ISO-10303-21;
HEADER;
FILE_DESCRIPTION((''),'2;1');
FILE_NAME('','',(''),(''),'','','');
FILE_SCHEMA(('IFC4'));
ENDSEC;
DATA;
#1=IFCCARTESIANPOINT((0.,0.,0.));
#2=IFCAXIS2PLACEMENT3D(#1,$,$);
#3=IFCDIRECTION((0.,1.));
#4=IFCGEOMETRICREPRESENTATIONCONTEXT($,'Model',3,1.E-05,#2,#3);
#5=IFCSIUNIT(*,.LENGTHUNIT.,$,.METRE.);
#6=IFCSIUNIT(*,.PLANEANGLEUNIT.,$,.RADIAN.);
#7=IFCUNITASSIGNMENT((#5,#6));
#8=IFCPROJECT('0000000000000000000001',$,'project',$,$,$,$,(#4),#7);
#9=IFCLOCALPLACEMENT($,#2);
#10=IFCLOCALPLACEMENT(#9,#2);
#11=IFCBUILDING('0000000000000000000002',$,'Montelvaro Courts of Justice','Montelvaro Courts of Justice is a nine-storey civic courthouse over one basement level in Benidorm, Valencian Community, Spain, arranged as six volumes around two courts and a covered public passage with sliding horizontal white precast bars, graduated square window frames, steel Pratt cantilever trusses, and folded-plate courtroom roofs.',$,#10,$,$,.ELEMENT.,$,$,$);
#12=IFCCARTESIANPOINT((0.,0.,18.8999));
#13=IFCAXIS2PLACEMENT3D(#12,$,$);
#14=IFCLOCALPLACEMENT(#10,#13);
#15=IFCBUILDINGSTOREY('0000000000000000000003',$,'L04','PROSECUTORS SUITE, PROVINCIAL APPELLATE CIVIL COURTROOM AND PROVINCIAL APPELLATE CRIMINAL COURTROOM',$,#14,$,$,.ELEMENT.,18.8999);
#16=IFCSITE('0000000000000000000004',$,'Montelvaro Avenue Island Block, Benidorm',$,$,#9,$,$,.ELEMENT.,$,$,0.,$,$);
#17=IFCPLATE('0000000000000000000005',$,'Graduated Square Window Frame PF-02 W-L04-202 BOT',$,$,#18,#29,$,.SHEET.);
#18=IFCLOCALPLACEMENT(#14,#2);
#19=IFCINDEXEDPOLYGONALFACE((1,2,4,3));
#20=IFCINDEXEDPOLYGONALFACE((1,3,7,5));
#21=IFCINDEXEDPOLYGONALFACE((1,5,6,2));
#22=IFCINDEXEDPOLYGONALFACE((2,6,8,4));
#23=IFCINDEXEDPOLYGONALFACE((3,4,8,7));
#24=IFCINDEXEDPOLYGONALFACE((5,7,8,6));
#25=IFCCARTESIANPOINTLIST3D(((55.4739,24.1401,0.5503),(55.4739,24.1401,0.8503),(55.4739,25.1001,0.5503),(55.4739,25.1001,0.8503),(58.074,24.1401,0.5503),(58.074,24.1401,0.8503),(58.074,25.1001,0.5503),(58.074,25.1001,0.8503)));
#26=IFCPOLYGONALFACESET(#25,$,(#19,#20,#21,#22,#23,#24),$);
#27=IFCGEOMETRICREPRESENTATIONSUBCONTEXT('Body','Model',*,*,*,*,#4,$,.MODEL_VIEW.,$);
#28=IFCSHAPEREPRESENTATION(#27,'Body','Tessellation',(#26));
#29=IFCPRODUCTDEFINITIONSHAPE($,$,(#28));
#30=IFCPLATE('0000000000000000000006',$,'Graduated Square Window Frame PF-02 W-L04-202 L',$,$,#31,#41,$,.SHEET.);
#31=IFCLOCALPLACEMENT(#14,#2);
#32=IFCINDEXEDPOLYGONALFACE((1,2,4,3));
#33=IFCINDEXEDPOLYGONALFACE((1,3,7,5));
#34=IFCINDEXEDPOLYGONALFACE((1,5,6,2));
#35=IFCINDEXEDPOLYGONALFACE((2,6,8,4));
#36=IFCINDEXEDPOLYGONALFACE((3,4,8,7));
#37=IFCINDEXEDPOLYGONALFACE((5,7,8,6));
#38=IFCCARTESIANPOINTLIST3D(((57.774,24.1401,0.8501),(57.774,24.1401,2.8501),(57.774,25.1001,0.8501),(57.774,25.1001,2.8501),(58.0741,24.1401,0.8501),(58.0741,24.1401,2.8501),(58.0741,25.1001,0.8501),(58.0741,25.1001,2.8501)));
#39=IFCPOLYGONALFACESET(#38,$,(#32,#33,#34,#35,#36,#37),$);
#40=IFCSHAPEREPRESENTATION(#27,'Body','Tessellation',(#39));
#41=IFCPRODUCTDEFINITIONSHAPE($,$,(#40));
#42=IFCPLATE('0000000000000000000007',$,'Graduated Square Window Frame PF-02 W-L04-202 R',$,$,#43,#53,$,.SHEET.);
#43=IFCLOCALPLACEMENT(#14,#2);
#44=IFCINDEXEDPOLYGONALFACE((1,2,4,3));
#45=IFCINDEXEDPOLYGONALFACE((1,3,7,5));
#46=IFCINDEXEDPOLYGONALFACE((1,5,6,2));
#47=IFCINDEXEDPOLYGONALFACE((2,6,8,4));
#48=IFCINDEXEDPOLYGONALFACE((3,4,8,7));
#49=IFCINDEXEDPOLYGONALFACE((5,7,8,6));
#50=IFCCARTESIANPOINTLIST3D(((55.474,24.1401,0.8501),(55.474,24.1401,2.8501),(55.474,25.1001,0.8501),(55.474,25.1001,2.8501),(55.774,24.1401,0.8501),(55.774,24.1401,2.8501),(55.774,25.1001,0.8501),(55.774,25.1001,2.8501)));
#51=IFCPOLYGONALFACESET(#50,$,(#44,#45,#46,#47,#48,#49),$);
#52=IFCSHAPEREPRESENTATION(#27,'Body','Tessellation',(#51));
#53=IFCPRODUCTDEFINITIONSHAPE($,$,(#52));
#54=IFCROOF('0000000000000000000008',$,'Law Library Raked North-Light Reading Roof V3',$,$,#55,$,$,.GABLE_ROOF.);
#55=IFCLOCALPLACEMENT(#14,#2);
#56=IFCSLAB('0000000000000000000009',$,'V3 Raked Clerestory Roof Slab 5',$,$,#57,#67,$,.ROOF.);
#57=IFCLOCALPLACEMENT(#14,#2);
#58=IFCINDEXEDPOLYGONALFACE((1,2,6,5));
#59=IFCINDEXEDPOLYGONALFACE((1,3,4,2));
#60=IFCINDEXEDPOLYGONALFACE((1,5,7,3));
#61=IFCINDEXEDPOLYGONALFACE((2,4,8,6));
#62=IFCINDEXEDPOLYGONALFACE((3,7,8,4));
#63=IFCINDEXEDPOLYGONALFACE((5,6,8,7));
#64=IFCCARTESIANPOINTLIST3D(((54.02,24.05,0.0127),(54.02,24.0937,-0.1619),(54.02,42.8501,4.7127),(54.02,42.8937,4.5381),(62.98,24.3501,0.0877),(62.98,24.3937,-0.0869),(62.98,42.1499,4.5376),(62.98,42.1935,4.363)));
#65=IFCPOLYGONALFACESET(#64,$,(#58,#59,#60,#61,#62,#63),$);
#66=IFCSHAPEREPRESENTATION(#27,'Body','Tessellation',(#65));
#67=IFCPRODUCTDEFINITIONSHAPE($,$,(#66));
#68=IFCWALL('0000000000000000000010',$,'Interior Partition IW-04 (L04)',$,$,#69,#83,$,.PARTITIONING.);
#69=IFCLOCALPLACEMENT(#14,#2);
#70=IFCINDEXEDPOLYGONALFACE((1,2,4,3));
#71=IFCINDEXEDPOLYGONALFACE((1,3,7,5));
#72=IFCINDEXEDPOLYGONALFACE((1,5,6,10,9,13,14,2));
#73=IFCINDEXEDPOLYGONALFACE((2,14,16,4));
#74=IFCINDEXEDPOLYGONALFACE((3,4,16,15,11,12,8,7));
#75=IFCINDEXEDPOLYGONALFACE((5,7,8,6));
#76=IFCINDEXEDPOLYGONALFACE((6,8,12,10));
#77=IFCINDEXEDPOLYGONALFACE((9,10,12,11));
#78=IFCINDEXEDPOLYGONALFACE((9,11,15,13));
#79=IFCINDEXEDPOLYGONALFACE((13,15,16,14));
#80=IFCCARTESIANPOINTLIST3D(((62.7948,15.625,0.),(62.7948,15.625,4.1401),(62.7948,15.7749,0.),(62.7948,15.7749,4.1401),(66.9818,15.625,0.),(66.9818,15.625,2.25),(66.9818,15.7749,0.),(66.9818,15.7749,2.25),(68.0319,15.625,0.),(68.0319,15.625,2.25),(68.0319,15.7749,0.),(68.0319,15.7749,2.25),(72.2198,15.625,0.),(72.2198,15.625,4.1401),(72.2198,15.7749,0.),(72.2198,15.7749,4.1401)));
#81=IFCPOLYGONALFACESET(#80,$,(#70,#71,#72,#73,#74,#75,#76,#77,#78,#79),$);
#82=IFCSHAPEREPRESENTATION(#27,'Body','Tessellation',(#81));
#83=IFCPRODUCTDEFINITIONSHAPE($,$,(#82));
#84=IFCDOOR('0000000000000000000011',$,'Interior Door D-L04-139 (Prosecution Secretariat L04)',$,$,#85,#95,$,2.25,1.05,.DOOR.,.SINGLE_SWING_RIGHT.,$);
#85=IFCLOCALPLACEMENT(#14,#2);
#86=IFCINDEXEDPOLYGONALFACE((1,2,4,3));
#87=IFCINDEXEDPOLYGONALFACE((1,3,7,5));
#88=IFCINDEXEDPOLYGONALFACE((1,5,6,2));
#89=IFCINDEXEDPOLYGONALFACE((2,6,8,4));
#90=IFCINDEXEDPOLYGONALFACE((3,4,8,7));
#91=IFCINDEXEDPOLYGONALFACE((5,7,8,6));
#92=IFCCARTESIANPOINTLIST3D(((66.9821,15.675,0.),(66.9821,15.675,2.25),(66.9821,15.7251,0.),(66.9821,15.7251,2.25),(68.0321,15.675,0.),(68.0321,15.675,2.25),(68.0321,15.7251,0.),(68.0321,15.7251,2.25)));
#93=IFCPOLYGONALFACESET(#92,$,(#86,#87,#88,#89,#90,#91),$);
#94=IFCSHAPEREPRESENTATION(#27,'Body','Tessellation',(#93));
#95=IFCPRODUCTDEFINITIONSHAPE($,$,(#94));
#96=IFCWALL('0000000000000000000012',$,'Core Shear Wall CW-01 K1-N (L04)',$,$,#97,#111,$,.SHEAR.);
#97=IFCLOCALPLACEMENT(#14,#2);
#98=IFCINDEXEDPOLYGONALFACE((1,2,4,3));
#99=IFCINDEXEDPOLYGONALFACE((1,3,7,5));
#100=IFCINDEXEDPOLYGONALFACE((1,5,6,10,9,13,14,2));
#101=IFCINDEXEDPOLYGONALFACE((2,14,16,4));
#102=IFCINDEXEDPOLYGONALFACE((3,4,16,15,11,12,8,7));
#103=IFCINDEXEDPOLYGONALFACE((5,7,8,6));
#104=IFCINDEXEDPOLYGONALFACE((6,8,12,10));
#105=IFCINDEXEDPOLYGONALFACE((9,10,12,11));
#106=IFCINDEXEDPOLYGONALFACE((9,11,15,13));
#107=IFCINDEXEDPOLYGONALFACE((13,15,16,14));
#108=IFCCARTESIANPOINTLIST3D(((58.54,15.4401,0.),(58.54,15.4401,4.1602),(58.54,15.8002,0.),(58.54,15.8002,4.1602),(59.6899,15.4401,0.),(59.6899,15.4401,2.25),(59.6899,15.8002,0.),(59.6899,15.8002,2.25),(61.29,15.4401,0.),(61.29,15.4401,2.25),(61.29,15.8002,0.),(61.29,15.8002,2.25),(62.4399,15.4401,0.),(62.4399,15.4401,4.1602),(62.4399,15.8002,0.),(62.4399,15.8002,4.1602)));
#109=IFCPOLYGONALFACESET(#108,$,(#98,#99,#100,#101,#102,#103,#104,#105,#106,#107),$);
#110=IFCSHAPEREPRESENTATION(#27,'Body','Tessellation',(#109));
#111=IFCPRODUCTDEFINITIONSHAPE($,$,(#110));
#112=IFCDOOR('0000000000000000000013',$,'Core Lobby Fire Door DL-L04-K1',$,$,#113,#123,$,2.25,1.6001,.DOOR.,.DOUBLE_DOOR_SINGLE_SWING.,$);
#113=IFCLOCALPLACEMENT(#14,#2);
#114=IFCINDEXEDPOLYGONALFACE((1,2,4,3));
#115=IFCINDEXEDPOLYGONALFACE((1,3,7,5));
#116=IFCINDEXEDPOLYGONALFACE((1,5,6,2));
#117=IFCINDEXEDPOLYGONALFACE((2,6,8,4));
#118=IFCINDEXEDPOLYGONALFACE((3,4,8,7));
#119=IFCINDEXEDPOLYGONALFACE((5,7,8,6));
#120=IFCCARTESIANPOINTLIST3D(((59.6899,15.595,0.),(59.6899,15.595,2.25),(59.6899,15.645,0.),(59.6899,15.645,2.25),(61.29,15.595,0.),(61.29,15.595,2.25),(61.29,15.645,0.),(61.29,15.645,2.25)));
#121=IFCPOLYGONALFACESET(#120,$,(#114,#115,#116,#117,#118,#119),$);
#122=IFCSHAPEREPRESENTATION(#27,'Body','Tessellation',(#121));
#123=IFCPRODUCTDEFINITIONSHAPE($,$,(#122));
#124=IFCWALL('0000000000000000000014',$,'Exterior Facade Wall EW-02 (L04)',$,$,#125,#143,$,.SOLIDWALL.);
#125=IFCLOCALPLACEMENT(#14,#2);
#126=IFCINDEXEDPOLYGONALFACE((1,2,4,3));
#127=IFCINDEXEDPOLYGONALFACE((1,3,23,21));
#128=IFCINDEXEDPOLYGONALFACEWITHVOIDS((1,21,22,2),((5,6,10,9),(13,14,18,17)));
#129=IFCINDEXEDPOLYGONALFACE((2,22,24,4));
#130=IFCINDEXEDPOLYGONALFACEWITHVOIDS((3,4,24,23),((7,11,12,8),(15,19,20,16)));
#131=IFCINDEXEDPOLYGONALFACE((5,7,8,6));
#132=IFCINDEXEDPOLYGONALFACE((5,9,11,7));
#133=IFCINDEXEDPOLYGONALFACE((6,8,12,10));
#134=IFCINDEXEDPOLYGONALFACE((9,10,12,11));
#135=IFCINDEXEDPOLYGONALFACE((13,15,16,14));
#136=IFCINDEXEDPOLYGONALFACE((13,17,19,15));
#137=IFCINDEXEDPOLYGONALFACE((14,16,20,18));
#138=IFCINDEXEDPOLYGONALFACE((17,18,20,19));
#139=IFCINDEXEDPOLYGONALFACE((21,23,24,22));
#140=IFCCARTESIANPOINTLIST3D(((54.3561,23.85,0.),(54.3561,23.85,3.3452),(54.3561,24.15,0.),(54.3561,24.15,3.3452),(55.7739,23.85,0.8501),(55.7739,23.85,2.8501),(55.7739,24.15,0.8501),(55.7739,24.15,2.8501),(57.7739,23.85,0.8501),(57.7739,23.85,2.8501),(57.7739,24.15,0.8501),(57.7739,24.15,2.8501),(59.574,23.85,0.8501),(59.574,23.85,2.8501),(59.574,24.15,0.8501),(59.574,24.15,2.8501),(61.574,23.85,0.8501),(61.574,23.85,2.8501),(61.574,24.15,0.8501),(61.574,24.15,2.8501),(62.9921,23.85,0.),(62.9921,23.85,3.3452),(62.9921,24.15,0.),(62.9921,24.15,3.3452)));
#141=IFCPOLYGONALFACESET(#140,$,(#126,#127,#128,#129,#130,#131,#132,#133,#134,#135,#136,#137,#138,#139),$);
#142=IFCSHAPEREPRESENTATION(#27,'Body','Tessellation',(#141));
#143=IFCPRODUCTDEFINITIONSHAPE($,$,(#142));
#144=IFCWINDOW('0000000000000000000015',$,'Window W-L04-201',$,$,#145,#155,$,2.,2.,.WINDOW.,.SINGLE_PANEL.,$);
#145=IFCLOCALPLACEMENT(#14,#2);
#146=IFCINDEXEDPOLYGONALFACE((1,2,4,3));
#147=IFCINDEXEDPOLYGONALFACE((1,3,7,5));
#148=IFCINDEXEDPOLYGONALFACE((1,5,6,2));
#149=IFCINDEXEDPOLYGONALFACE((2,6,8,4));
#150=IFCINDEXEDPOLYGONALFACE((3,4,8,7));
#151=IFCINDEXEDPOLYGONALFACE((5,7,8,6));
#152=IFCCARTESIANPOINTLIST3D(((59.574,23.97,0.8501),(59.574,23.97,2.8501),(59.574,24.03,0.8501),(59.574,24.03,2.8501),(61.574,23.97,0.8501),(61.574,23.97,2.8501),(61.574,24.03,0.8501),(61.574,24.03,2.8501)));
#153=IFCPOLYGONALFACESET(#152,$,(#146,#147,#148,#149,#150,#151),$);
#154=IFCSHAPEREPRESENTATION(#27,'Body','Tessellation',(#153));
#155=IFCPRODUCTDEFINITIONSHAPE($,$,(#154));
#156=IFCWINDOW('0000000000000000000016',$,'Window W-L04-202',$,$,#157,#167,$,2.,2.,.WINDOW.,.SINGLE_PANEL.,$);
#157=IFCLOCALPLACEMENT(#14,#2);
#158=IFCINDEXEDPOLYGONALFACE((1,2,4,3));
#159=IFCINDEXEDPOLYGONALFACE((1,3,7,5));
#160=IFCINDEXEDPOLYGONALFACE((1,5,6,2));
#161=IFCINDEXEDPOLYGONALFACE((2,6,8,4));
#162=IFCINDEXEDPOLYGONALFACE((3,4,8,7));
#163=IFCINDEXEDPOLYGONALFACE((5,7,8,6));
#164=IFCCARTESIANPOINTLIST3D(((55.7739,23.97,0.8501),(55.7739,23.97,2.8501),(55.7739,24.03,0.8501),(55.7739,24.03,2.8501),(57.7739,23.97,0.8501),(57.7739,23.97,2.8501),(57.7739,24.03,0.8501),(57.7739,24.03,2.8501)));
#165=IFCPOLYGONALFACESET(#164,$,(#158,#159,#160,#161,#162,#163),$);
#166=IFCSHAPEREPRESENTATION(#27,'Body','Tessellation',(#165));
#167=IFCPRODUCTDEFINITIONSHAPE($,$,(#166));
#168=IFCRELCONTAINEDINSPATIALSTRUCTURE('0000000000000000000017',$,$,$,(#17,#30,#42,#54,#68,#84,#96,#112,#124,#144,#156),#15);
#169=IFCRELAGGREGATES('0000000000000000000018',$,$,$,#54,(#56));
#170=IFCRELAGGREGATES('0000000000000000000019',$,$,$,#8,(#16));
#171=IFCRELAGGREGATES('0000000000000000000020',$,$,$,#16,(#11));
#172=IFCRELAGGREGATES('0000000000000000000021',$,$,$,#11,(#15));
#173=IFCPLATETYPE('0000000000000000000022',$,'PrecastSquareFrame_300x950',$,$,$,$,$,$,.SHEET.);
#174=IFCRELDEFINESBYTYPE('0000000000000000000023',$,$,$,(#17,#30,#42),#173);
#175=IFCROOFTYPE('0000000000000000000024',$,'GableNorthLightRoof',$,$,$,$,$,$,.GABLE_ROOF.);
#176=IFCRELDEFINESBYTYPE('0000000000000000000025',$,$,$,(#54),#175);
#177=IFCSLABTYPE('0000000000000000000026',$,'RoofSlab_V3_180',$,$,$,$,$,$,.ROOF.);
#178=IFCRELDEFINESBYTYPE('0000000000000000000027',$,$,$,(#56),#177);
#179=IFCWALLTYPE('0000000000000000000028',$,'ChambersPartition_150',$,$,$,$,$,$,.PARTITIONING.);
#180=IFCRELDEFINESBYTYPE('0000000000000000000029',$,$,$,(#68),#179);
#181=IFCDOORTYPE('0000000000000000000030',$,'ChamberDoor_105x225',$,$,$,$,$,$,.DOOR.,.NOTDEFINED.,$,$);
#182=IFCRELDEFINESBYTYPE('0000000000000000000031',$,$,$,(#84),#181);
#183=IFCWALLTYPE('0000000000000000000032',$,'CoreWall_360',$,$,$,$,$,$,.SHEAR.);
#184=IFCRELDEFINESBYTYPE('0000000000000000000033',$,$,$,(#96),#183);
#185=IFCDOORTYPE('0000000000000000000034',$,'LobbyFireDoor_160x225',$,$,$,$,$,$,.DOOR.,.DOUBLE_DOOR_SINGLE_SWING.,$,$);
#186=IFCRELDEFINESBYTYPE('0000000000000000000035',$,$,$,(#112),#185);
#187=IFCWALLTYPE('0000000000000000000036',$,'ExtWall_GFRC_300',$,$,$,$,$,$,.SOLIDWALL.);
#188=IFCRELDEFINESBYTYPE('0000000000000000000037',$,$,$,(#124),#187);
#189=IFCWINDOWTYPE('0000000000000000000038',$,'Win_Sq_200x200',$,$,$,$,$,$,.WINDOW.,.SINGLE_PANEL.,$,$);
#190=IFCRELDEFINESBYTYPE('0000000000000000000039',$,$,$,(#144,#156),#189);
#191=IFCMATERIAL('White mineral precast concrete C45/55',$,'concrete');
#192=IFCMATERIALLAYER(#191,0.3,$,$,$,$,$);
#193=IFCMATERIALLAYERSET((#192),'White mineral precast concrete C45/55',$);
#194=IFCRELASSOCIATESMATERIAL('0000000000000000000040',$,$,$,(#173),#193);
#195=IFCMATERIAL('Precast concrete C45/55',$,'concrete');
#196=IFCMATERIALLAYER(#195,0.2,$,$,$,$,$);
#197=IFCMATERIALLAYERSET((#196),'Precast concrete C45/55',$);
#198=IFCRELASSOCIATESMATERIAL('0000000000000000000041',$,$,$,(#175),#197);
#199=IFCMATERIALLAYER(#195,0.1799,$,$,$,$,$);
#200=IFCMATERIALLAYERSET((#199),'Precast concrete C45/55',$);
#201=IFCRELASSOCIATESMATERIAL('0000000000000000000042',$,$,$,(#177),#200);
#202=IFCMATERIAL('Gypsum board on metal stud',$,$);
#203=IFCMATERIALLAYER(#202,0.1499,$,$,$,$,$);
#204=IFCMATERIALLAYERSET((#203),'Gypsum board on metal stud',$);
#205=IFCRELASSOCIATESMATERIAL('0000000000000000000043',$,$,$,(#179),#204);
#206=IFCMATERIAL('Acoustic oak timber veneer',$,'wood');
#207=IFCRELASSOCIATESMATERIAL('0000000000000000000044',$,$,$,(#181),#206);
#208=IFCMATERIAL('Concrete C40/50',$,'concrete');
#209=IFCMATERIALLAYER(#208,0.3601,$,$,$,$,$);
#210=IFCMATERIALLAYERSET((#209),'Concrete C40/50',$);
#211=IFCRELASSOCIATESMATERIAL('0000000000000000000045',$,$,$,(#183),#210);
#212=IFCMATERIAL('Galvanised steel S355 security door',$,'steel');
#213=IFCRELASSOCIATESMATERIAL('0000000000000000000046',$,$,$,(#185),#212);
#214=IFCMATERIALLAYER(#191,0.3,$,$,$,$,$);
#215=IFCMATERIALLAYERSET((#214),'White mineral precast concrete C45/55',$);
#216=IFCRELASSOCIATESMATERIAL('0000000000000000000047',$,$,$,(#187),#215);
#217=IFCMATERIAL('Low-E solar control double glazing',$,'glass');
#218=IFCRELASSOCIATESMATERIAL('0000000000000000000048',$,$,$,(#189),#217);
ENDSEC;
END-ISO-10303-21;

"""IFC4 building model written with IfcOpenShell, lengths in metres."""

from ifc_helpers import new_model, si_unit, direction, frame, frame_2d, origin, origin_2d, place, context, subcontext, project, spatial, polyline, rectangle, outline, extrude, material, layer, layer_set, type_object, element, fill, aggregate, save


model = new_model("IFC4")

# Units and contexts
model_context = context("Model", 3, precision=1e-05, world=origin(), true_north=direction((0.0, 1.0)))
body_context = subcontext(model_context, "Body", "Model", "MODEL_VIEW")
ifc_project = project(units=[si_unit("LENGTHUNIT", "METRE"), si_unit("PLANEANGLEUNIT", "RADIAN")], contexts=[model_context])

# Site, building, storey
site_placement = place(None, origin())
site = spatial("IfcSite", under=ifc_project, at=site_placement, Name="Montelvaro Avenue Island Block, Benidorm", CompositionType="ELEMENT", RefElevation=0.0)
building_placement = place(site_placement, origin())
building = spatial("IfcBuilding", under=site, at=building_placement, Name="Montelvaro Courts of Justice", Description="Montelvaro Courts of Justice is a nine-storey civic courthouse over one basement level in Benidorm, Valencian Community, Spain, arranged as six volumes around two courts and a covered public passage with sliding horizontal white precast bars, graduated square window frames, steel Pratt cantilever trusses, and folded-plate courtroom roofs.", CompositionType="ELEMENT")
storey_placement = place(building_placement, frame((0.0, 0.0, 18.8999)))
storey = spatial("IfcBuildingStorey", under=building, at=storey_placement, Name="L04", Description="PROSECUTORS SUITE, PROVINCIAL APPELLATE CIVIL COURTROOM AND PROVINCIAL APPELLATE CRIMINAL COURTROOM", CompositionType="ELEMENT", Elevation=18.8999)

# Plates
ifc_material_1 = material(Name="White mineral precast concrete C45/55", Category="concrete")
ifc_layer_1 = layer(ifc_material_1, 0.3)
ifc_layer_set_1 = layer_set([ifc_layer_1], Name="White mineral precast concrete C45/55")
plate_type_1 = type_object("IfcPlateType", Name="PrecastSquareFrame_300x950", PredefinedType="SHEET", material=ifc_layer_set_1)
for number, where, z_axis, x_axis, name in (
    (1, (56.7739, 24.6201, 0.5503), (0.0, 0.0, 1.0), (-1.0, 0.0, 0.0), "Graduated Square Window Frame PF-02 W-L04-202 BOT"),
):
    element("IfcPlate", number, at=place(storey_placement, frame(where, z_axis=z_axis, x_axis=x_axis)), inside=storey, type_object=plate_type_1, Name=name, PredefinedType="SHEET", context=body_context, shape_type="SweptSolid", body=[
        extrude(rectangle(XDim=2.6001, YDim=0.96, at=origin_2d()), origin(), (0.0, 0.0, 1.0), 0.3),
    ])
for number, where, z_axis, x_axis, name in (
    (2, (57.9241, 24.6201, 0.8501), (0.0, 0.0, 1.0), (-1.0, 0.0, 0.0), "Graduated Square Window Frame PF-02 W-L04-202 L"),
    (3, (55.624, 24.6201, 0.8501), (0.0, 0.0, 1.0), (-1.0, 0.0, 0.0), "Graduated Square Window Frame PF-02 W-L04-202 R"),
):
    element("IfcPlate", number, at=place(storey_placement, frame(where, z_axis=z_axis, x_axis=x_axis)), inside=storey, type_object=plate_type_1, Name=name, PredefinedType="SHEET", context=body_context, shape_type="SweptSolid", body=[
        extrude(rectangle(XDim=0.3, YDim=0.96, at=origin_2d()), origin(), (0.0, 0.0, 1.0), 2.0),
    ])

# Roof, slab
ifc_material_2 = material(Name="Precast concrete C45/55", Category="concrete")
ifc_layer_2 = layer(ifc_material_2, 0.2)
ifc_layer_set_2 = layer_set([ifc_layer_2], Name="Precast concrete C45/55")
roof_type = type_object("IfcRoofType", Name="GableNorthLightRoof", PredefinedType="GABLE_ROOF", material=ifc_layer_set_2)
roof_placement = place(storey_placement, origin())
roof = element("IfcRoof", 4, at=roof_placement, inside=storey, type_object=roof_type, Name="Law Library Raked North-Light Reading Roof V3", PredefinedType="GABLE_ROOF")
ifc_layer_3 = layer(ifc_material_2, 0.1799)
ifc_layer_set_3 = layer_set([ifc_layer_3], Name="Precast concrete C45/55")
slab_type = type_object("IfcSlabType", Name="RoofSlab_V3_180", PredefinedType="ROOF", material=ifc_layer_set_3)
slab_placement = place(storey_placement, frame((54.02, 24.05, 0.0127), z_axis=(0.000003, -0.242534, 0.970143), x_axis=(0.999405, 0.033467, 0.008363)))
slab = element("IfcSlab", 5, at=slab_placement, type_object=slab_type, Name="V3 Raked Clerestory Roof Slab 5", PredefinedType="ROOF", context=body_context, shape_type="SweptSolid", body=[
    extrude(outline(polyline([(0.0, 0.0), (8.9653, 0.0), (9.5982, 18.3367), (0.6685, 19.3671), (0.0, 0.0)])), origin(), (0.0, 0.0, -1.0), 0.1799),
])
aggregate(roof, [slab])

# Walls, openings, doors
ifc_material_3 = material(Name="Gypsum board on metal stud")
ifc_layer_4 = layer(ifc_material_3, 0.1499)
ifc_layer_set_4 = layer_set([ifc_layer_4], Name="Gypsum board on metal stud")
wall_type_1 = type_object("IfcWallType", Name="ChambersPartition_150", PredefinedType="PARTITIONING", material=ifc_layer_set_4)
wall_1_placement = place(storey_placement, frame((62.7949, 15.7, 0.0), z_axis=(0.0, 0.0, 1.0), x_axis=(1.0, 0.0, 0.0)))
wall_1 = element("IfcWall", 6, at=wall_1_placement, inside=storey, type_object=wall_type_1, Name="Interior Partition IW-04 (L04)", PredefinedType="PARTITIONING", context=body_context, shape_type="SweptSolid", body=[
    extrude(rectangle(XDim=9.425, YDim=0.1499, at=frame_2d((4.7124, 0.0))), origin(), (0.0, 0.0, 1.0), 4.1401),
])
opening_1_placement = place(wall_1_placement, frame((4.187, 0.0, 0.0)))
opening_1 = element("IfcOpeningElement", 7, at=opening_1_placement, cuts=wall_1, PredefinedType="OPENING", context=body_context, shape_type="SweptSolid", body=[
    extrude(rectangle(XDim=1.05, YDim=2.25, at=frame_2d((0.5249, 1.125))), frame((0.0, 0.0898, 0.0), z_axis=(0.0, -1.0, 0.0), x_axis=(1.0, 0.0, 0.0)), (0.0, 0.0, 1.0), 0.1797),
])
ifc_material_4 = material(Name="Acoustic oak timber veneer", Category="wood")
door_type_1 = type_object("IfcDoorType", Name="ChamberDoor_105x225", OperationType="NOTDEFINED", PredefinedType="DOOR", material=ifc_material_4)
door_1_placement = place(opening_1_placement, frame((1.05, 0.0, 0.0), z_axis=(0.0, 0.0, 1.0), x_axis=(-1.0, 0.0, 0.0)))
door_1 = element("IfcDoor", 8, at=door_1_placement, inside=storey, type_object=door_type_1, Name="Interior Door D-L04-139 (Prosecution Secretariat L04)", OperationType="SINGLE_SWING_RIGHT", OverallHeight=2.25, OverallWidth=1.05, PredefinedType="DOOR", context=body_context, shape_type="SweptSolid", body=[
    extrude(rectangle(XDim=1.05, YDim=2.25, at=frame_2d((0.5249, 1.125))), frame((0.0, 0.0249, 0.0), z_axis=(0.0, -1.0, 0.0), x_axis=(1.0, 0.0, 0.0)), (0.0, 0.0, 1.0), 0.05),
])
fill(opening_1, door_1)
ifc_material_5 = material(Name="Concrete C40/50", Category="concrete")
ifc_layer_5 = layer(ifc_material_5, 0.3601)
ifc_layer_set_5 = layer_set([ifc_layer_5], Name="Concrete C40/50")
wall_type_2 = type_object("IfcWallType", Name="CoreWall_360", PredefinedType="SHEAR", material=ifc_layer_set_5)
wall_2_placement = place(storey_placement, frame((58.54, 15.6201, 0.0), z_axis=(0.0, 0.0, 1.0), x_axis=(1.0, 0.0, 0.0)))
wall_2 = element("IfcWall", 9, at=wall_2_placement, inside=storey, type_object=wall_type_2, Name="Core Shear Wall CW-01 K1-N (L04)", PredefinedType="SHEAR", context=body_context, shape_type="SweptSolid", body=[
    extrude(rectangle(XDim=3.8999, YDim=0.3601, at=frame_2d((1.95, 0.0))), origin(), (0.0, 0.0, 1.0), 4.1602),
])
opening_2_placement = place(wall_2_placement, frame((1.1499, 0.0, 0.0)))
opening_2 = element("IfcOpeningElement", 10, at=opening_2_placement, cuts=wall_2, PredefinedType="OPENING", context=body_context, shape_type="SweptSolid", body=[
    extrude(rectangle(XDim=1.6001, YDim=2.25, at=frame_2d((0.8, 1.125))), frame((0.0, 0.1948, 0.0), z_axis=(0.0, -1.0, 0.0), x_axis=(1.0, 0.0, 0.0)), (0.0, 0.0, 1.0), 0.3899),
])
ifc_material_6 = material(Name="Galvanised steel S355 security door", Category="steel")
door_type_2 = type_object("IfcDoorType", Name="LobbyFireDoor_160x225", OperationType="DOUBLE_DOOR_SINGLE_SWING", PredefinedType="DOOR", material=ifc_material_6)
door_2_placement = place(opening_2_placement, origin())
door_2 = element("IfcDoor", 11, at=door_2_placement, inside=storey, type_object=door_type_2, Name="Core Lobby Fire Door DL-L04-K1", OperationType="DOUBLE_DOOR_SINGLE_SWING", OverallHeight=2.25, OverallWidth=1.6001, PredefinedType="DOOR", context=body_context, shape_type="SweptSolid", body=[
    extrude(rectangle(XDim=1.6001, YDim=2.25, at=frame_2d((0.8, 1.125))), frame((0.0, 0.0249, 0.0), z_axis=(0.0, -1.0, 0.0), x_axis=(1.0, 0.0, 0.0)), (0.0, 0.0, 1.0), 0.05),
])
fill(opening_2, door_2)

# Wall, openings, windows
ifc_layer_6 = layer(ifc_material_1, 0.3)
ifc_layer_set_6 = layer_set([ifc_layer_6], Name="White mineral precast concrete C45/55")
wall_type_3 = type_object("IfcWallType", Name="ExtWall_GFRC_300", PredefinedType="SOLIDWALL", material=ifc_layer_set_6)
wall_3_placement = place(storey_placement, frame((62.9919, 24.0, 0.0), z_axis=(0.0, 0.0, 1.0), x_axis=(-1.0, 0.0, 0.0)))
wall_3 = element("IfcWall", 12, at=wall_3_placement, inside=storey, type_object=wall_type_3, Name="Exterior Facade Wall EW-02 (L04)", PredefinedType="SOLIDWALL", context=body_context, shape_type="SweptSolid", body=[
    extrude(rectangle(XDim=8.636, YDim=0.3, at=frame_2d((4.3179, 0.0))), origin(), (0.0, 0.0, 1.0), 3.3452),
])
opening_3_placement = place(wall_3_placement, frame((1.418, 0.0, 0.8501)))
opening_3 = element("IfcOpeningElement", 13, at=opening_3_placement, cuts=wall_3, PredefinedType="OPENING", context=body_context, shape_type="SweptSolid", body=[
    extrude(rectangle(XDim=2.0, YDim=2.0, at=frame_2d((1.0, 1.0))), frame((0.0, 0.165, 0.0), z_axis=(0.0, -1.0, 0.0), x_axis=(1.0, 0.0, 0.0)), (0.0, 0.0, 1.0), 0.3298),
])
opening_4_placement = place(wall_3_placement, frame((5.218, 0.0, 0.8501)))
opening_4 = element("IfcOpeningElement", 14, at=opening_4_placement, cuts=wall_3, PredefinedType="OPENING", context=body_context, shape_type="SweptSolid", body=[
    extrude(rectangle(XDim=2.0, YDim=2.0, at=frame_2d((1.0, 1.0))), frame((0.0, 0.165, 0.0), z_axis=(0.0, -1.0, 0.0), x_axis=(1.0, 0.0, 0.0)), (0.0, 0.0, 1.0), 0.3298),
])
ifc_material_7 = material(Name="Low-E solar control double glazing", Category="glass")
window_type = type_object("IfcWindowType", Name="Win_Sq_200x200", PartitioningType="SINGLE_PANEL", PredefinedType="WINDOW", material=ifc_material_7)
window_1_placement = place(opening_3_placement, origin())
window_1 = element("IfcWindow", 15, at=window_1_placement, inside=storey, type_object=window_type, Name="Window W-L04-201", OverallHeight=2.0, OverallWidth=2.0, PartitioningType="SINGLE_PANEL", PredefinedType="WINDOW", context=body_context, shape_type="SweptSolid", body=[
    extrude(rectangle(XDim=2.0, YDim=2.0, at=frame_2d((1.0, 1.0))), frame((0.0, 0.03, 0.0), z_axis=(0.0, -1.0, 0.0), x_axis=(1.0, 0.0, 0.0)), (0.0, 0.0, 1.0), 0.0601),
])
fill(opening_3, window_1)
window_2_placement = place(opening_4_placement, origin())
window_2 = element("IfcWindow", 16, at=window_2_placement, inside=storey, type_object=window_type, Name="Window W-L04-202", OverallHeight=2.0, OverallWidth=2.0, PartitioningType="SINGLE_PANEL", PredefinedType="WINDOW", context=body_context, shape_type="SweptSolid", body=[
    extrude(rectangle(XDim=2.0, YDim=2.0, at=frame_2d((1.0, 1.0))), frame((0.0, 0.03, 0.0), z_axis=(0.0, -1.0, 0.0), x_axis=(1.0, 0.0, 0.0)), (0.0, 0.0, 1.0), 0.0601),
])
fill(opening_4, window_2)

save(model, "model.ifc")
